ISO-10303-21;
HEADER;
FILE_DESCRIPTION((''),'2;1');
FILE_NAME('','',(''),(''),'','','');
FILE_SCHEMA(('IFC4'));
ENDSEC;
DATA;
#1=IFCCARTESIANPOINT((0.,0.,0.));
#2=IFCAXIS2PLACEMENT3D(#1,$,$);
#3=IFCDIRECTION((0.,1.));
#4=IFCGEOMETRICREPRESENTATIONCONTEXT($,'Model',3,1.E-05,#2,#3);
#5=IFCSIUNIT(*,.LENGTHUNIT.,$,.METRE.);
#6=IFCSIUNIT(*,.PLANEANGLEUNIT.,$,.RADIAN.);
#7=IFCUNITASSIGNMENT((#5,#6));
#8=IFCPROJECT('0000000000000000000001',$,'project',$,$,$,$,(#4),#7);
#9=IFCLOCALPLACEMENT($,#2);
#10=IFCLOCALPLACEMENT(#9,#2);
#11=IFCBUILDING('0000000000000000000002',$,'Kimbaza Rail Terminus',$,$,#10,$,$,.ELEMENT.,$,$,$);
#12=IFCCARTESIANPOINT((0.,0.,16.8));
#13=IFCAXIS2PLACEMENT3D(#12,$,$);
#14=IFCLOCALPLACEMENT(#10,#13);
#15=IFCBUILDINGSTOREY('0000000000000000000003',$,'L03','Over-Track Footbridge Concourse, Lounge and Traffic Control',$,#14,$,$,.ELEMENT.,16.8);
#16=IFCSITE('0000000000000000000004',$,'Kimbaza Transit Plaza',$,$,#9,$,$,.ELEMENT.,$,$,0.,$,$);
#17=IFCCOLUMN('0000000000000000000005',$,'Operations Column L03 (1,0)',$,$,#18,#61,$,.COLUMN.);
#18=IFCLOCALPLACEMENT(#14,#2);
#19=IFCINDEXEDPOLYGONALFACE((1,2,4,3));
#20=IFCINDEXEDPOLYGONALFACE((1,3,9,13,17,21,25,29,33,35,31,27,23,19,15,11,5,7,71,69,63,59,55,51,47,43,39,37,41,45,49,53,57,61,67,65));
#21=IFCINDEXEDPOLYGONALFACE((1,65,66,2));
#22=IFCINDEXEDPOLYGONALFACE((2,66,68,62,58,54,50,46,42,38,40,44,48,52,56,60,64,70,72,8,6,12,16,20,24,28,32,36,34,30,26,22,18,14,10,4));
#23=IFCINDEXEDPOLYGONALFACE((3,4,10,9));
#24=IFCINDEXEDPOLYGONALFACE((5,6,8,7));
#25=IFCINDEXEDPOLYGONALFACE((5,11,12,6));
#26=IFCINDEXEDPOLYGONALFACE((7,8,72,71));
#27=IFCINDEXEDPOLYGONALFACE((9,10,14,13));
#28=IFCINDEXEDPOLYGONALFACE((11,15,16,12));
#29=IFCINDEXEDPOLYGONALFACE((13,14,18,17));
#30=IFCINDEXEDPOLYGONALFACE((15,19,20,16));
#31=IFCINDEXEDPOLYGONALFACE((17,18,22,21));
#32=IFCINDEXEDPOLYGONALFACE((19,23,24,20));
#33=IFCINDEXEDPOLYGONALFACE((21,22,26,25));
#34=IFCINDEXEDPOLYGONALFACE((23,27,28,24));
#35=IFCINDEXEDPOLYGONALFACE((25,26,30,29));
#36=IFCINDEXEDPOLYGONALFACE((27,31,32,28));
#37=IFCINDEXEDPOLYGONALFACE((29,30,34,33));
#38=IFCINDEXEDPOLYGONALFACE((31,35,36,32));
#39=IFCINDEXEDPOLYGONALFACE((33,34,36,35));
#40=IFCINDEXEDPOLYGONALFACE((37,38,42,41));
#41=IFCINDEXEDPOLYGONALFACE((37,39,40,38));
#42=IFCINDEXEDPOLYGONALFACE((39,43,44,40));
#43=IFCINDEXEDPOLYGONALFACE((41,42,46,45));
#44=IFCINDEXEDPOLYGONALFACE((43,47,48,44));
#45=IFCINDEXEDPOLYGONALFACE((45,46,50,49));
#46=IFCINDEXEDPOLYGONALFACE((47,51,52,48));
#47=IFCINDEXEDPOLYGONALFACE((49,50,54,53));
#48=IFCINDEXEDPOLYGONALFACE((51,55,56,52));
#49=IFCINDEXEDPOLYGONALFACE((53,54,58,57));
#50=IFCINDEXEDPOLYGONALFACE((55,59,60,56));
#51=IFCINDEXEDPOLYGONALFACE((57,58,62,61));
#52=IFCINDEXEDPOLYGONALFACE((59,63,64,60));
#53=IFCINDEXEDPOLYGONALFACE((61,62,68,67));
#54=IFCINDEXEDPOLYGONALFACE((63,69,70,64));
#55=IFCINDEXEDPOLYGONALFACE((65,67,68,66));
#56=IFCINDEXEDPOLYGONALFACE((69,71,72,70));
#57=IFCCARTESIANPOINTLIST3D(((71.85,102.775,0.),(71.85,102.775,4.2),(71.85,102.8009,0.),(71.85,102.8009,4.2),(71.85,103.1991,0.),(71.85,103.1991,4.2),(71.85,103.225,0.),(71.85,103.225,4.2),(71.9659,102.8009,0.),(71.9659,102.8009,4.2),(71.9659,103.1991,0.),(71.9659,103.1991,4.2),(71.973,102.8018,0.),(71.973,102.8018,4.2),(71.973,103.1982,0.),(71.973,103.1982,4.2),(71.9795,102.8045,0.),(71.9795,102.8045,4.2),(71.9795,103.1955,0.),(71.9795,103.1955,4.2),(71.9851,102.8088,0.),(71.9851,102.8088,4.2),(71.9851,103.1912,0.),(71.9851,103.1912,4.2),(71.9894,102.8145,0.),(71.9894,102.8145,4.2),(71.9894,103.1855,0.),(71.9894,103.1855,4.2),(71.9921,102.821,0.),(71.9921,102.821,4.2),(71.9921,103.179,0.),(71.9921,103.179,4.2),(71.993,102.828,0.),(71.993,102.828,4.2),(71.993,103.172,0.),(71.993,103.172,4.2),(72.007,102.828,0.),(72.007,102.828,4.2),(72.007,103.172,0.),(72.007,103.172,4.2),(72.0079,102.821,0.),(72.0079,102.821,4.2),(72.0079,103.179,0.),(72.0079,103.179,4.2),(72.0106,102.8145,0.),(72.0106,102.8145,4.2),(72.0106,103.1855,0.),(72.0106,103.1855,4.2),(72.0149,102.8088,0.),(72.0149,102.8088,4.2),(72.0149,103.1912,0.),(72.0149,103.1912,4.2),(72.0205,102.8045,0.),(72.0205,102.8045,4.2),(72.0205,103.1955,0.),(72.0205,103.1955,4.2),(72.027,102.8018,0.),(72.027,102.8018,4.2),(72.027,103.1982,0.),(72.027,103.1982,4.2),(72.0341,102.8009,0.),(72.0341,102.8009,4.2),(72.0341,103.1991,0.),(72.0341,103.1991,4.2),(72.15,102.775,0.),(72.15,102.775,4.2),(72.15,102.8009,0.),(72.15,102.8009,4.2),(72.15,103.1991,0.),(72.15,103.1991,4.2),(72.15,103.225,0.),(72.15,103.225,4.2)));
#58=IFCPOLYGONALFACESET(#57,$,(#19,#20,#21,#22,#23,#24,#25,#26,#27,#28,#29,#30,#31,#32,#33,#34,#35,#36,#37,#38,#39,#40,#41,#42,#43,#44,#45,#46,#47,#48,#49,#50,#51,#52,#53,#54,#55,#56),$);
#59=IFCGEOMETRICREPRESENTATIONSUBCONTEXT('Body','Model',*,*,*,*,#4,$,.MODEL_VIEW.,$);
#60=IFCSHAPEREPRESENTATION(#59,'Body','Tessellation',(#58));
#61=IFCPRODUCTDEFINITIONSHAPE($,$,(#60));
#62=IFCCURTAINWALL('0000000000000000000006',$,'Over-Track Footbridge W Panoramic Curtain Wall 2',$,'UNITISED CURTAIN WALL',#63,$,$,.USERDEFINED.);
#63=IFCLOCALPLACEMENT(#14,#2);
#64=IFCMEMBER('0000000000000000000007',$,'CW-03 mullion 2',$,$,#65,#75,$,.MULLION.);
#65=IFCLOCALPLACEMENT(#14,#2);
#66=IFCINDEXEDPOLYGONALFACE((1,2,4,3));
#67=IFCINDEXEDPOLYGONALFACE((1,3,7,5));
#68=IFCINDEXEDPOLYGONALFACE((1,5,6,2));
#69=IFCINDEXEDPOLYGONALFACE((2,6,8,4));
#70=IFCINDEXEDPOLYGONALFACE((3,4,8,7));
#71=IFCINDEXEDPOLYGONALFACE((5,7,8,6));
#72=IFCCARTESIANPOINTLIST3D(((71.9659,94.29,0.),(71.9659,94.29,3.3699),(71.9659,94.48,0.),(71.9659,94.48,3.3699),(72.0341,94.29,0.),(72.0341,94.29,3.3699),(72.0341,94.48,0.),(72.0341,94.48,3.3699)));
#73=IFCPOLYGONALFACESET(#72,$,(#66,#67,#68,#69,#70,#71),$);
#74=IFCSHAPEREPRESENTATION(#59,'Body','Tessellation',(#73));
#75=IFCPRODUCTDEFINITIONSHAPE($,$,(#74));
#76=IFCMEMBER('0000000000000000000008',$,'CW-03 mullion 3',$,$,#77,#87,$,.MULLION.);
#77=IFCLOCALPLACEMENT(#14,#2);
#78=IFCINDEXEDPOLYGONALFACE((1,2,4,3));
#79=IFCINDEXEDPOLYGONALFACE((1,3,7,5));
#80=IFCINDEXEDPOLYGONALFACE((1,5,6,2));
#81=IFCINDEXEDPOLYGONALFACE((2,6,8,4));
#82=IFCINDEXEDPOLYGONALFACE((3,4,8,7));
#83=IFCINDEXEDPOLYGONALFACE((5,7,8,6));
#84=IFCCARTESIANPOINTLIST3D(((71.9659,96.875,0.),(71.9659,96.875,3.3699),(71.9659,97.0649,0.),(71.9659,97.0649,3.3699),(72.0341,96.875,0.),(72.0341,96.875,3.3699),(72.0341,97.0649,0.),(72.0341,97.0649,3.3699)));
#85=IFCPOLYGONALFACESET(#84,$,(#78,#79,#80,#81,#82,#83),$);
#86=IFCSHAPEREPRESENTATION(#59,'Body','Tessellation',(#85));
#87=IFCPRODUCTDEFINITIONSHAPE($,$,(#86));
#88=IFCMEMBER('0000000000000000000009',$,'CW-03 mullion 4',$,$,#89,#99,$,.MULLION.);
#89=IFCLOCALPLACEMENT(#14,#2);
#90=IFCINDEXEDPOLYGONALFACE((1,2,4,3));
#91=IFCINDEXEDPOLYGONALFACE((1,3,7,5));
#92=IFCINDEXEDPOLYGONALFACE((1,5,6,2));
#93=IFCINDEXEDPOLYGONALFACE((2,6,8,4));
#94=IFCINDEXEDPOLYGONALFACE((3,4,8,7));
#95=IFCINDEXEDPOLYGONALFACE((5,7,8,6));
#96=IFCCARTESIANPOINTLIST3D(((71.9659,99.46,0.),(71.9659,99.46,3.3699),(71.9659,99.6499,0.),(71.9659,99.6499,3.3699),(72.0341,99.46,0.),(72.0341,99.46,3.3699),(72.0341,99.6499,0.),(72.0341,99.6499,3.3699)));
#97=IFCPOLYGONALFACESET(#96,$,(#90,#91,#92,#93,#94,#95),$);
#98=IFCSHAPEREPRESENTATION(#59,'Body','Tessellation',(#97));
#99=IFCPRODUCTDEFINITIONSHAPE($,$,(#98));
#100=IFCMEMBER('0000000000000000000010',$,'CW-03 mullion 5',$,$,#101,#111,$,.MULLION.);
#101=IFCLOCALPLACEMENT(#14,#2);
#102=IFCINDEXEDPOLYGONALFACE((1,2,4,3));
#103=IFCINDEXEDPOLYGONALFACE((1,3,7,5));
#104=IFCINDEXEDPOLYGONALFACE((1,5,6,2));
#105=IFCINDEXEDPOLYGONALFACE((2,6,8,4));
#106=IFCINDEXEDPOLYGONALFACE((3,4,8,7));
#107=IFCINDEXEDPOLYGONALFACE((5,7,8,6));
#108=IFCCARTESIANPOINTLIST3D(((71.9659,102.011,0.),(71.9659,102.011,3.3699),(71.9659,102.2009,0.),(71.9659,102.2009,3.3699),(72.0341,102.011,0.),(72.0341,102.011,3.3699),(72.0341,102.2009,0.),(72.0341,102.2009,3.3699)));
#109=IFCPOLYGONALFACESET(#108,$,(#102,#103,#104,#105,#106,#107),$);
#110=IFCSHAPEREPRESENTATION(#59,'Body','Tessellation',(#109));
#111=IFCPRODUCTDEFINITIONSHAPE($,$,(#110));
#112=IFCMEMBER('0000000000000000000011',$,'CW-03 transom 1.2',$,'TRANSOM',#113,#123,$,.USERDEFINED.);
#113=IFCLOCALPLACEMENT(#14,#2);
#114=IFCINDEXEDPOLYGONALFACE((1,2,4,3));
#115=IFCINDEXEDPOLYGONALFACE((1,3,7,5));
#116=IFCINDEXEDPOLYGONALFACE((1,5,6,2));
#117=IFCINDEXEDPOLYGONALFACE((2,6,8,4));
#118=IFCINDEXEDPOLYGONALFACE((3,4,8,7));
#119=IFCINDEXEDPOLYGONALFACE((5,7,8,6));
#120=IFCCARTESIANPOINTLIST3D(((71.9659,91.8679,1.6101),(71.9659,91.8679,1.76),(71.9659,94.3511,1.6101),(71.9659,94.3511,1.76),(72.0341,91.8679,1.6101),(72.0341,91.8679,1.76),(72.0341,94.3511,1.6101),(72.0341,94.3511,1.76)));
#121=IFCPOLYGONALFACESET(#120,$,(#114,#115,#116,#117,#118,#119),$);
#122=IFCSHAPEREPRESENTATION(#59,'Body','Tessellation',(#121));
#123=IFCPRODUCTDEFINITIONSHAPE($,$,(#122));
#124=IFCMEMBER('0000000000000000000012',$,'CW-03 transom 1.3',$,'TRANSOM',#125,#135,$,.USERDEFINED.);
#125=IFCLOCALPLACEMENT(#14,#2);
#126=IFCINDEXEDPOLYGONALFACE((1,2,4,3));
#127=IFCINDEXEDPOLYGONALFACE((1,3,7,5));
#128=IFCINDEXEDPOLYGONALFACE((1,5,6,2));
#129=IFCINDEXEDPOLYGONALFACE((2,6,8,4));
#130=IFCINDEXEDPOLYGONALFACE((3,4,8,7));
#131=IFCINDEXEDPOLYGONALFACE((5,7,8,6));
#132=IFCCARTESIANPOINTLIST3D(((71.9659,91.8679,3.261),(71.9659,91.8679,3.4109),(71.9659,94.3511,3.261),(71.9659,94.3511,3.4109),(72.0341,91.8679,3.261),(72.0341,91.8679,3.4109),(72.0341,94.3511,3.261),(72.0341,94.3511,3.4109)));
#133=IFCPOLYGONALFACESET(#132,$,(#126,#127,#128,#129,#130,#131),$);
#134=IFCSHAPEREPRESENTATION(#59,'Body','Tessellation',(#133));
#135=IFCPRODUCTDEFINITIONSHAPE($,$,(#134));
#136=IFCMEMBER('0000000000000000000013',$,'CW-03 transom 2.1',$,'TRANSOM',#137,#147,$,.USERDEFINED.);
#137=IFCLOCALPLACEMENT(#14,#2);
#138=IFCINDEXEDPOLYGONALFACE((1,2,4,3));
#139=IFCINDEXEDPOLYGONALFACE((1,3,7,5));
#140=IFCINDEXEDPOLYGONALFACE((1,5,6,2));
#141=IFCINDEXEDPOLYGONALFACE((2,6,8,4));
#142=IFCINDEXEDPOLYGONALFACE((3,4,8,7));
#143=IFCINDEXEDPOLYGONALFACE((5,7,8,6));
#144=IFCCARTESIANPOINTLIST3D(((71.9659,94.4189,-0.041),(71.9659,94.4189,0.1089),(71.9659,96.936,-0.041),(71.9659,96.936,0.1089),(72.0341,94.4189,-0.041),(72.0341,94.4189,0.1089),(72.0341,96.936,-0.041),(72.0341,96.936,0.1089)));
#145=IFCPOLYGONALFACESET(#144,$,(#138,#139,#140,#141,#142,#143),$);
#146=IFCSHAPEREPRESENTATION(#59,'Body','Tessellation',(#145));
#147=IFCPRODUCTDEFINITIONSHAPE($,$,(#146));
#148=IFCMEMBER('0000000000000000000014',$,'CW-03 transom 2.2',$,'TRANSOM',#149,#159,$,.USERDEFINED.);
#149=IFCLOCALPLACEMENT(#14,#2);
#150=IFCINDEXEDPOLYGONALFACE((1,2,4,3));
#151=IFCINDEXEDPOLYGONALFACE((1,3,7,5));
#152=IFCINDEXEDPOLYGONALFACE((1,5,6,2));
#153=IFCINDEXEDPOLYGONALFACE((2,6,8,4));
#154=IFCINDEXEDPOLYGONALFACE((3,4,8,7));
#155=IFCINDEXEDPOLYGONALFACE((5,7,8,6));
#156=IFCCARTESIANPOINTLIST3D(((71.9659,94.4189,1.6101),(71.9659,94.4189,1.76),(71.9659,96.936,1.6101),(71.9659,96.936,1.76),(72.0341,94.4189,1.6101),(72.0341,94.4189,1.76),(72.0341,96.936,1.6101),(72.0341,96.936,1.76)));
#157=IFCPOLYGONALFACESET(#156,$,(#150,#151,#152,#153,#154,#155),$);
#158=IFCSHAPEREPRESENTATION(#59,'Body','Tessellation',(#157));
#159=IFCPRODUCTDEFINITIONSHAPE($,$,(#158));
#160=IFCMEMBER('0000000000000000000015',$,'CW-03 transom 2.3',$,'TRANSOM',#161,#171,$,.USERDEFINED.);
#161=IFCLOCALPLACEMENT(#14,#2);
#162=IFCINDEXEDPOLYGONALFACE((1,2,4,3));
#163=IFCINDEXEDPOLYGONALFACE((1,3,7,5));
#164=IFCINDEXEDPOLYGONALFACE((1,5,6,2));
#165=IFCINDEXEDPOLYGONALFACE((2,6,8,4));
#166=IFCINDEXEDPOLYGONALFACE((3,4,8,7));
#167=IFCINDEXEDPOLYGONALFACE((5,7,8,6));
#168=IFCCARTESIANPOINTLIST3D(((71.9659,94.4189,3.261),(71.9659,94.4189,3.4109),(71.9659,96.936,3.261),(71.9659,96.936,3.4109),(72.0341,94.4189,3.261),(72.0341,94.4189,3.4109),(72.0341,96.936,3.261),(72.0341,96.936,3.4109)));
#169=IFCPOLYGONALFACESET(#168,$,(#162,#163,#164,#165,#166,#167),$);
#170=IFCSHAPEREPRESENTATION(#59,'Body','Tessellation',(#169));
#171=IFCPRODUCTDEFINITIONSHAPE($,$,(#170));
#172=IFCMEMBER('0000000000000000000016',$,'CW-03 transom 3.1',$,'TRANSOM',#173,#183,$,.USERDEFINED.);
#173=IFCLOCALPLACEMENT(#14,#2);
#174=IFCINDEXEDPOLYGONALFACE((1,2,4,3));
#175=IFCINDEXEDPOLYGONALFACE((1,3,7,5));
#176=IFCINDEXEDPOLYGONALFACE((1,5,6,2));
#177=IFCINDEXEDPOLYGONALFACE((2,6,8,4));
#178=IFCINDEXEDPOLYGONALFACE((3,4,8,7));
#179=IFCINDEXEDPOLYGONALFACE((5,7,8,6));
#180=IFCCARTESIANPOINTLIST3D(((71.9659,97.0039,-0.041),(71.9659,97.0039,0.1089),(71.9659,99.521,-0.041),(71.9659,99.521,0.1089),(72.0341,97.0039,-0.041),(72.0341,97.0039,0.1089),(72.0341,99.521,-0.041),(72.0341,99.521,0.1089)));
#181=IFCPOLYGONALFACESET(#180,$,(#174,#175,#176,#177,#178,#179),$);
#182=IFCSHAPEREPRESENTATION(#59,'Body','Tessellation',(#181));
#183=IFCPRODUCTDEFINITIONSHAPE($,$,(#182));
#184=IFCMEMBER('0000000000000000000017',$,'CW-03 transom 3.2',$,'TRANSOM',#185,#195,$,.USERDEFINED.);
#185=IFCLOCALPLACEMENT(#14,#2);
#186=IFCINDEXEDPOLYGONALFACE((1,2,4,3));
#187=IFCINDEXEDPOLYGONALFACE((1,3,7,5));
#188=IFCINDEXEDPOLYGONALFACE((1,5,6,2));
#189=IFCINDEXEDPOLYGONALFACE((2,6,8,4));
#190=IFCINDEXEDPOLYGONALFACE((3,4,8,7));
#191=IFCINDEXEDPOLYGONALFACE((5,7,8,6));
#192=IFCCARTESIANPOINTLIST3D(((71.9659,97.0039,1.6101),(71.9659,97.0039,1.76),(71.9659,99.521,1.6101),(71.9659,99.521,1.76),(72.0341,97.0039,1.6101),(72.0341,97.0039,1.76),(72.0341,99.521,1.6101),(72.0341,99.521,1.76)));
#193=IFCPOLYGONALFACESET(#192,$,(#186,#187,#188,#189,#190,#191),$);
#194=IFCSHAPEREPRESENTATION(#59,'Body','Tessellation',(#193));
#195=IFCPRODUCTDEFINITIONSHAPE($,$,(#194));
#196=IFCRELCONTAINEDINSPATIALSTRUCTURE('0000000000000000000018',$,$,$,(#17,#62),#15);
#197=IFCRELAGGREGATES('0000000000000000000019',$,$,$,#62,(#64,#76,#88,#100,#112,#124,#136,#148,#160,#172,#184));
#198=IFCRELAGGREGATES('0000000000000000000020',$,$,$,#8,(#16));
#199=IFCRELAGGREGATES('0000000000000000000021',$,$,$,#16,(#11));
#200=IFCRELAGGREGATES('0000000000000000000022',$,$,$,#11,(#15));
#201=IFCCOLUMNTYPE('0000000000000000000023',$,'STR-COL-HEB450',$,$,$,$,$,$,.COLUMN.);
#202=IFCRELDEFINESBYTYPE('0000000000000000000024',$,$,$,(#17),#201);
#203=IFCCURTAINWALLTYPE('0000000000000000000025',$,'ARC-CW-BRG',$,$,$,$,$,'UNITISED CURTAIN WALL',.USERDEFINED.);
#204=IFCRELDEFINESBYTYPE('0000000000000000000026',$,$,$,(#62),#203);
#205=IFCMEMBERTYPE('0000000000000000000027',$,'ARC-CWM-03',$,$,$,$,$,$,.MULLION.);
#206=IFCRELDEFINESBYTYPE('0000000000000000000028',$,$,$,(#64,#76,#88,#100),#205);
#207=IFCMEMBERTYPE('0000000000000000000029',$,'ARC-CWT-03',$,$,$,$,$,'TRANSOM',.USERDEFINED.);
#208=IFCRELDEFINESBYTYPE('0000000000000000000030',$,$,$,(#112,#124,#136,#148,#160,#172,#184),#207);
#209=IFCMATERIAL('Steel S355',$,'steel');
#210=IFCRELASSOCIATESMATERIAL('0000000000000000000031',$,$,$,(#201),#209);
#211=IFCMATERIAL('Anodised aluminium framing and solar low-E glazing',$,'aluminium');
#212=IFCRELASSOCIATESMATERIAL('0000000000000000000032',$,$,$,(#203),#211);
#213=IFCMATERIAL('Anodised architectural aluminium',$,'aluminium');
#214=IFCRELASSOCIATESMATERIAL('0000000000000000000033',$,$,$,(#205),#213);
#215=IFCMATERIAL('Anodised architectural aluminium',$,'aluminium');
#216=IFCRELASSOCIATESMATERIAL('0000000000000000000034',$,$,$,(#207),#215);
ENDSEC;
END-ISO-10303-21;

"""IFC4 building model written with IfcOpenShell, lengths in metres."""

from ifc_helpers import new_model, si_unit, direction, frame, origin, origin_2d, place, context, subcontext, project, spatial, rectangle, i_section, extrude, material, material_profile, profile_set, type_object, element, aggregate, save


model = new_model("IFC4")

# Units and contexts
model_context = context("Model", 3, precision=1e-05, world=origin(), true_north=direction((0.0, 1.0)))
body_context = subcontext(model_context, "Body", "Model", "MODEL_VIEW")
ifc_project = project(units=[si_unit("LENGTHUNIT", "METRE"), si_unit("PLANEANGLEUNIT", "RADIAN")], contexts=[model_context])

# Site, building, storey
site_placement = place(None, origin())
site = spatial("IfcSite", under=ifc_project, at=site_placement, Name="Kimbaza Transit Plaza", CompositionType="ELEMENT", RefElevation=0.0)
building_placement = place(site_placement, origin())
building = spatial("IfcBuilding", under=site, at=building_placement, Name="Kimbaza Rail Terminus", CompositionType="ELEMENT")
storey_placement = place(building_placement, frame((0.0, 0.0, 16.8)))
storey = spatial("IfcBuildingStorey", under=building, at=storey_placement, Name="L03", Description="Over-Track Footbridge Concourse, Lounge and Traffic Control", CompositionType="ELEMENT", Elevation=16.8)

# Column
ifc_material_1 = material(Name="Steel S355", Category="steel")
ifc_material_profile_1 = material_profile(ifc_material_1, i_section(OverallWidth=0.3, OverallDepth=0.45, WebThickness=0.0139, FlangeThickness=0.0259, FilletRadius=0.0271, at=origin_2d()), Name="HEB 450")
ifc_profile_set_1 = profile_set([ifc_material_profile_1], Name="Steel S355")
column_type = type_object("IfcColumnType", Name="STR-COL-HEB450", PredefinedType="COLUMN", material=ifc_profile_set_1)
column_placement = place(storey_placement, frame((72.0, 103.0, 0.0), z_axis=(0.0, 0.0, 1.0), x_axis=(1.0, 0.0, 0.0)))
element("IfcColumn", 1, at=column_placement, inside=storey, type_object=column_type, Name="Operations Column L03 (1,0)", PredefinedType="COLUMN", context=body_context, shape_type="SweptSolid", body=[
    extrude(i_section(OverallWidth=0.3, OverallDepth=0.45, WebThickness=0.0139, FlangeThickness=0.0259, FilletRadius=0.0271, at=origin_2d()), origin(), (0.0, 0.0, 1.0), 4.2),
])

# Curtain wall, members
ifc_material_2 = material(Name="Anodised aluminium framing and solar low-E glazing", Category="aluminium")
curtain_wall_type = type_object("IfcCurtainWallType", Name="ARC-CW-BRG", ElementType="UNITISED CURTAIN WALL", PredefinedType="USERDEFINED", material=ifc_material_2)
curtain_wall_placement = place(storey_placement, origin())
curtain_wall = element("IfcCurtainWall", 2, at=curtain_wall_placement, inside=storey, type_object=curtain_wall_type, Name="Over-Track Footbridge W Panoramic Curtain Wall 2", ObjectType="UNITISED CURTAIN WALL", PredefinedType="USERDEFINED")
ifc_material_3 = material(Name="Anodised architectural aluminium", Category="aluminium")
ifc_material_profile_2 = material_profile(ifc_material_3, rectangle(XDim=0.0681, YDim=0.1899, at=origin_2d()), Name="MULLION 68x190")
ifc_profile_set_2 = profile_set([ifc_material_profile_2], Name="Anodised architectural aluminium")
member_type_1 = type_object("IfcMemberType", Name="ARC-CWM-03", PredefinedType="MULLION", material=ifc_profile_set_2)
member_1_placement = place(storey_placement, frame((72.0, 94.385, 0.0), z_axis=(0.0, 0.0, 1.0), x_axis=(-1.0, 0.0, 0.0)))
member_1 = element("IfcMember", 3, at=member_1_placement, type_object=member_type_1, Name="CW-03 mullion 2", PredefinedType="MULLION", context=body_context, shape_type="SweptSolid", body=[
    extrude(rectangle(XDim=0.0681, YDim=0.1899, at=origin_2d()), origin(), (0.0, 0.0, 1.0), 3.3699),
])
member_2_placement = place(storey_placement, frame((72.0, 96.97, 0.0), z_axis=(0.0, 0.0, 1.0), x_axis=(-1.0, 0.0, 0.0)))
member_2 = element("IfcMember", 4, at=member_2_placement, type_object=member_type_1, Name="CW-03 mullion 3", PredefinedType="MULLION", context=body_context, shape_type="SweptSolid", body=[
    extrude(rectangle(XDim=0.0681, YDim=0.1899, at=origin_2d()), origin(), (0.0, 0.0, 1.0), 3.3699),
])
member_3_placement = place(storey_placement, frame((72.0, 99.5549, 0.0), z_axis=(0.0, 0.0, 1.0), x_axis=(-1.0, 0.0, 0.0)))
member_3 = element("IfcMember", 5, at=member_3_placement, type_object=member_type_1, Name="CW-03 mullion 4", PredefinedType="MULLION", context=body_context, shape_type="SweptSolid", body=[
    extrude(rectangle(XDim=0.0681, YDim=0.1899, at=origin_2d()), origin(), (0.0, 0.0, 1.0), 3.3699),
])
member_4_placement = place(storey_placement, frame((72.0, 102.106, 0.0), z_axis=(0.0, 0.0, 1.0), x_axis=(-1.0, 0.0, 0.0)))
member_4 = element("IfcMember", 6, at=member_4_placement, type_object=member_type_1, Name="CW-03 mullion 5", PredefinedType="MULLION", context=body_context, shape_type="SweptSolid", body=[
    extrude(rectangle(XDim=0.0681, YDim=0.1899, at=origin_2d()), origin(), (0.0, 0.0, 1.0), 3.3699),
])
ifc_material_4 = material(Name="Anodised architectural aluminium", Category="aluminium")
ifc_material_profile_3 = material_profile(ifc_material_4, rectangle(XDim=0.0681, YDim=0.1499, at=origin_2d()), Name="TRANSOM 68x150")
ifc_profile_set_3 = profile_set([ifc_material_profile_3], Name="Anodised architectural aluminium")
member_type_2 = type_object("IfcMemberType", Name="ARC-CWT-03", ElementType="TRANSOM", PredefinedType="USERDEFINED", material=ifc_profile_set_3)
member_5_placement = place(storey_placement, frame((72.0, 91.8679, 1.6851), z_axis=(0.0, 1.0, 0.0), x_axis=(-1.0, 0.0, 0.0)))
member_5 = element("IfcMember", 7, at=member_5_placement, type_object=member_type_2, Name="CW-03 transom 1.2", ObjectType="TRANSOM", PredefinedType="USERDEFINED", context=body_context, shape_type="SweptSolid", body=[
    extrude(rectangle(XDim=0.0681, YDim=0.1499, at=origin_2d()), origin(), (0.0, 0.0, 1.0), 2.4832),
])
member_6_placement = place(storey_placement, frame((72.0, 91.8679, 3.3359), z_axis=(0.0, 1.0, 0.0), x_axis=(-1.0, 0.0, 0.0)))
member_6 = element("IfcMember", 8, at=member_6_placement, type_object=member_type_2, Name="CW-03 transom 1.3", ObjectType="TRANSOM", PredefinedType="USERDEFINED", context=body_context, shape_type="SweptSolid", body=[
    extrude(rectangle(XDim=0.0681, YDim=0.1499, at=origin_2d()), origin(), (0.0, 0.0, 1.0), 2.4832),
])
member_7_placement = place(storey_placement, frame((72.0, 94.4189, 0.0339), z_axis=(0.0, 1.0, 0.0), x_axis=(-1.0, 0.0, 0.0)))
member_7 = element("IfcMember", 9, at=member_7_placement, type_object=member_type_2, Name="CW-03 transom 2.1", ObjectType="TRANSOM", PredefinedType="USERDEFINED", context=body_context, shape_type="SweptSolid", body=[
    extrude(rectangle(XDim=0.0681, YDim=0.1499, at=origin_2d()), origin(), (0.0, 0.0, 1.0), 2.5171),
])
member_8_placement = place(storey_placement, frame((72.0, 94.4189, 1.6851), z_axis=(0.0, 1.0, 0.0), x_axis=(-1.0, 0.0, 0.0)))
member_8 = element("IfcMember", 10, at=member_8_placement, type_object=member_type_2, Name="CW-03 transom 2.2", ObjectType="TRANSOM", PredefinedType="USERDEFINED", context=body_context, shape_type="SweptSolid", body=[
    extrude(rectangle(XDim=0.0681, YDim=0.1499, at=origin_2d()), origin(), (0.0, 0.0, 1.0), 2.5171),
])
member_9_placement = place(storey_placement, frame((72.0, 94.4189, 3.3359), z_axis=(0.0, 1.0, 0.0), x_axis=(-1.0, 0.0, 0.0)))
member_9 = element("IfcMember", 11, at=member_9_placement, type_object=member_type_2, Name="CW-03 transom 2.3", ObjectType="TRANSOM", PredefinedType="USERDEFINED", context=body_context, shape_type="SweptSolid", body=[
    extrude(rectangle(XDim=0.0681, YDim=0.1499, at=origin_2d()), origin(), (0.0, 0.0, 1.0), 2.5171),
])
member_10_placement = place(storey_placement, frame((72.0, 97.0039, 0.0339), z_axis=(0.0, 1.0, 0.0), x_axis=(-1.0, 0.0, 0.0)))
member_10 = element("IfcMember", 12, at=member_10_placement, type_object=member_type_2, Name="CW-03 transom 3.1", ObjectType="TRANSOM", PredefinedType="USERDEFINED", context=body_context, shape_type="SweptSolid", body=[
    extrude(rectangle(XDim=0.0681, YDim=0.1499, at=origin_2d()), origin(), (0.0, 0.0, 1.0), 2.5171),
])
member_11_placement = place(storey_placement, frame((72.0, 97.0039, 1.6851), z_axis=(0.0, 1.0, 0.0), x_axis=(-1.0, 0.0, 0.0)))
member_11 = element("IfcMember", 13, at=member_11_placement, type_object=member_type_2, Name="CW-03 transom 3.2", ObjectType="TRANSOM", PredefinedType="USERDEFINED", context=body_context, shape_type="SweptSolid", body=[
    extrude(rectangle(XDim=0.0681, YDim=0.1499, at=origin_2d()), origin(), (0.0, 0.0, 1.0), 2.5171),
])

aggregate(curtain_wall, [member_1, member_2, member_3, member_4, member_5, member_6, member_7, member_8, member_9, member_10, member_11])

save(model, "model.ifc")
